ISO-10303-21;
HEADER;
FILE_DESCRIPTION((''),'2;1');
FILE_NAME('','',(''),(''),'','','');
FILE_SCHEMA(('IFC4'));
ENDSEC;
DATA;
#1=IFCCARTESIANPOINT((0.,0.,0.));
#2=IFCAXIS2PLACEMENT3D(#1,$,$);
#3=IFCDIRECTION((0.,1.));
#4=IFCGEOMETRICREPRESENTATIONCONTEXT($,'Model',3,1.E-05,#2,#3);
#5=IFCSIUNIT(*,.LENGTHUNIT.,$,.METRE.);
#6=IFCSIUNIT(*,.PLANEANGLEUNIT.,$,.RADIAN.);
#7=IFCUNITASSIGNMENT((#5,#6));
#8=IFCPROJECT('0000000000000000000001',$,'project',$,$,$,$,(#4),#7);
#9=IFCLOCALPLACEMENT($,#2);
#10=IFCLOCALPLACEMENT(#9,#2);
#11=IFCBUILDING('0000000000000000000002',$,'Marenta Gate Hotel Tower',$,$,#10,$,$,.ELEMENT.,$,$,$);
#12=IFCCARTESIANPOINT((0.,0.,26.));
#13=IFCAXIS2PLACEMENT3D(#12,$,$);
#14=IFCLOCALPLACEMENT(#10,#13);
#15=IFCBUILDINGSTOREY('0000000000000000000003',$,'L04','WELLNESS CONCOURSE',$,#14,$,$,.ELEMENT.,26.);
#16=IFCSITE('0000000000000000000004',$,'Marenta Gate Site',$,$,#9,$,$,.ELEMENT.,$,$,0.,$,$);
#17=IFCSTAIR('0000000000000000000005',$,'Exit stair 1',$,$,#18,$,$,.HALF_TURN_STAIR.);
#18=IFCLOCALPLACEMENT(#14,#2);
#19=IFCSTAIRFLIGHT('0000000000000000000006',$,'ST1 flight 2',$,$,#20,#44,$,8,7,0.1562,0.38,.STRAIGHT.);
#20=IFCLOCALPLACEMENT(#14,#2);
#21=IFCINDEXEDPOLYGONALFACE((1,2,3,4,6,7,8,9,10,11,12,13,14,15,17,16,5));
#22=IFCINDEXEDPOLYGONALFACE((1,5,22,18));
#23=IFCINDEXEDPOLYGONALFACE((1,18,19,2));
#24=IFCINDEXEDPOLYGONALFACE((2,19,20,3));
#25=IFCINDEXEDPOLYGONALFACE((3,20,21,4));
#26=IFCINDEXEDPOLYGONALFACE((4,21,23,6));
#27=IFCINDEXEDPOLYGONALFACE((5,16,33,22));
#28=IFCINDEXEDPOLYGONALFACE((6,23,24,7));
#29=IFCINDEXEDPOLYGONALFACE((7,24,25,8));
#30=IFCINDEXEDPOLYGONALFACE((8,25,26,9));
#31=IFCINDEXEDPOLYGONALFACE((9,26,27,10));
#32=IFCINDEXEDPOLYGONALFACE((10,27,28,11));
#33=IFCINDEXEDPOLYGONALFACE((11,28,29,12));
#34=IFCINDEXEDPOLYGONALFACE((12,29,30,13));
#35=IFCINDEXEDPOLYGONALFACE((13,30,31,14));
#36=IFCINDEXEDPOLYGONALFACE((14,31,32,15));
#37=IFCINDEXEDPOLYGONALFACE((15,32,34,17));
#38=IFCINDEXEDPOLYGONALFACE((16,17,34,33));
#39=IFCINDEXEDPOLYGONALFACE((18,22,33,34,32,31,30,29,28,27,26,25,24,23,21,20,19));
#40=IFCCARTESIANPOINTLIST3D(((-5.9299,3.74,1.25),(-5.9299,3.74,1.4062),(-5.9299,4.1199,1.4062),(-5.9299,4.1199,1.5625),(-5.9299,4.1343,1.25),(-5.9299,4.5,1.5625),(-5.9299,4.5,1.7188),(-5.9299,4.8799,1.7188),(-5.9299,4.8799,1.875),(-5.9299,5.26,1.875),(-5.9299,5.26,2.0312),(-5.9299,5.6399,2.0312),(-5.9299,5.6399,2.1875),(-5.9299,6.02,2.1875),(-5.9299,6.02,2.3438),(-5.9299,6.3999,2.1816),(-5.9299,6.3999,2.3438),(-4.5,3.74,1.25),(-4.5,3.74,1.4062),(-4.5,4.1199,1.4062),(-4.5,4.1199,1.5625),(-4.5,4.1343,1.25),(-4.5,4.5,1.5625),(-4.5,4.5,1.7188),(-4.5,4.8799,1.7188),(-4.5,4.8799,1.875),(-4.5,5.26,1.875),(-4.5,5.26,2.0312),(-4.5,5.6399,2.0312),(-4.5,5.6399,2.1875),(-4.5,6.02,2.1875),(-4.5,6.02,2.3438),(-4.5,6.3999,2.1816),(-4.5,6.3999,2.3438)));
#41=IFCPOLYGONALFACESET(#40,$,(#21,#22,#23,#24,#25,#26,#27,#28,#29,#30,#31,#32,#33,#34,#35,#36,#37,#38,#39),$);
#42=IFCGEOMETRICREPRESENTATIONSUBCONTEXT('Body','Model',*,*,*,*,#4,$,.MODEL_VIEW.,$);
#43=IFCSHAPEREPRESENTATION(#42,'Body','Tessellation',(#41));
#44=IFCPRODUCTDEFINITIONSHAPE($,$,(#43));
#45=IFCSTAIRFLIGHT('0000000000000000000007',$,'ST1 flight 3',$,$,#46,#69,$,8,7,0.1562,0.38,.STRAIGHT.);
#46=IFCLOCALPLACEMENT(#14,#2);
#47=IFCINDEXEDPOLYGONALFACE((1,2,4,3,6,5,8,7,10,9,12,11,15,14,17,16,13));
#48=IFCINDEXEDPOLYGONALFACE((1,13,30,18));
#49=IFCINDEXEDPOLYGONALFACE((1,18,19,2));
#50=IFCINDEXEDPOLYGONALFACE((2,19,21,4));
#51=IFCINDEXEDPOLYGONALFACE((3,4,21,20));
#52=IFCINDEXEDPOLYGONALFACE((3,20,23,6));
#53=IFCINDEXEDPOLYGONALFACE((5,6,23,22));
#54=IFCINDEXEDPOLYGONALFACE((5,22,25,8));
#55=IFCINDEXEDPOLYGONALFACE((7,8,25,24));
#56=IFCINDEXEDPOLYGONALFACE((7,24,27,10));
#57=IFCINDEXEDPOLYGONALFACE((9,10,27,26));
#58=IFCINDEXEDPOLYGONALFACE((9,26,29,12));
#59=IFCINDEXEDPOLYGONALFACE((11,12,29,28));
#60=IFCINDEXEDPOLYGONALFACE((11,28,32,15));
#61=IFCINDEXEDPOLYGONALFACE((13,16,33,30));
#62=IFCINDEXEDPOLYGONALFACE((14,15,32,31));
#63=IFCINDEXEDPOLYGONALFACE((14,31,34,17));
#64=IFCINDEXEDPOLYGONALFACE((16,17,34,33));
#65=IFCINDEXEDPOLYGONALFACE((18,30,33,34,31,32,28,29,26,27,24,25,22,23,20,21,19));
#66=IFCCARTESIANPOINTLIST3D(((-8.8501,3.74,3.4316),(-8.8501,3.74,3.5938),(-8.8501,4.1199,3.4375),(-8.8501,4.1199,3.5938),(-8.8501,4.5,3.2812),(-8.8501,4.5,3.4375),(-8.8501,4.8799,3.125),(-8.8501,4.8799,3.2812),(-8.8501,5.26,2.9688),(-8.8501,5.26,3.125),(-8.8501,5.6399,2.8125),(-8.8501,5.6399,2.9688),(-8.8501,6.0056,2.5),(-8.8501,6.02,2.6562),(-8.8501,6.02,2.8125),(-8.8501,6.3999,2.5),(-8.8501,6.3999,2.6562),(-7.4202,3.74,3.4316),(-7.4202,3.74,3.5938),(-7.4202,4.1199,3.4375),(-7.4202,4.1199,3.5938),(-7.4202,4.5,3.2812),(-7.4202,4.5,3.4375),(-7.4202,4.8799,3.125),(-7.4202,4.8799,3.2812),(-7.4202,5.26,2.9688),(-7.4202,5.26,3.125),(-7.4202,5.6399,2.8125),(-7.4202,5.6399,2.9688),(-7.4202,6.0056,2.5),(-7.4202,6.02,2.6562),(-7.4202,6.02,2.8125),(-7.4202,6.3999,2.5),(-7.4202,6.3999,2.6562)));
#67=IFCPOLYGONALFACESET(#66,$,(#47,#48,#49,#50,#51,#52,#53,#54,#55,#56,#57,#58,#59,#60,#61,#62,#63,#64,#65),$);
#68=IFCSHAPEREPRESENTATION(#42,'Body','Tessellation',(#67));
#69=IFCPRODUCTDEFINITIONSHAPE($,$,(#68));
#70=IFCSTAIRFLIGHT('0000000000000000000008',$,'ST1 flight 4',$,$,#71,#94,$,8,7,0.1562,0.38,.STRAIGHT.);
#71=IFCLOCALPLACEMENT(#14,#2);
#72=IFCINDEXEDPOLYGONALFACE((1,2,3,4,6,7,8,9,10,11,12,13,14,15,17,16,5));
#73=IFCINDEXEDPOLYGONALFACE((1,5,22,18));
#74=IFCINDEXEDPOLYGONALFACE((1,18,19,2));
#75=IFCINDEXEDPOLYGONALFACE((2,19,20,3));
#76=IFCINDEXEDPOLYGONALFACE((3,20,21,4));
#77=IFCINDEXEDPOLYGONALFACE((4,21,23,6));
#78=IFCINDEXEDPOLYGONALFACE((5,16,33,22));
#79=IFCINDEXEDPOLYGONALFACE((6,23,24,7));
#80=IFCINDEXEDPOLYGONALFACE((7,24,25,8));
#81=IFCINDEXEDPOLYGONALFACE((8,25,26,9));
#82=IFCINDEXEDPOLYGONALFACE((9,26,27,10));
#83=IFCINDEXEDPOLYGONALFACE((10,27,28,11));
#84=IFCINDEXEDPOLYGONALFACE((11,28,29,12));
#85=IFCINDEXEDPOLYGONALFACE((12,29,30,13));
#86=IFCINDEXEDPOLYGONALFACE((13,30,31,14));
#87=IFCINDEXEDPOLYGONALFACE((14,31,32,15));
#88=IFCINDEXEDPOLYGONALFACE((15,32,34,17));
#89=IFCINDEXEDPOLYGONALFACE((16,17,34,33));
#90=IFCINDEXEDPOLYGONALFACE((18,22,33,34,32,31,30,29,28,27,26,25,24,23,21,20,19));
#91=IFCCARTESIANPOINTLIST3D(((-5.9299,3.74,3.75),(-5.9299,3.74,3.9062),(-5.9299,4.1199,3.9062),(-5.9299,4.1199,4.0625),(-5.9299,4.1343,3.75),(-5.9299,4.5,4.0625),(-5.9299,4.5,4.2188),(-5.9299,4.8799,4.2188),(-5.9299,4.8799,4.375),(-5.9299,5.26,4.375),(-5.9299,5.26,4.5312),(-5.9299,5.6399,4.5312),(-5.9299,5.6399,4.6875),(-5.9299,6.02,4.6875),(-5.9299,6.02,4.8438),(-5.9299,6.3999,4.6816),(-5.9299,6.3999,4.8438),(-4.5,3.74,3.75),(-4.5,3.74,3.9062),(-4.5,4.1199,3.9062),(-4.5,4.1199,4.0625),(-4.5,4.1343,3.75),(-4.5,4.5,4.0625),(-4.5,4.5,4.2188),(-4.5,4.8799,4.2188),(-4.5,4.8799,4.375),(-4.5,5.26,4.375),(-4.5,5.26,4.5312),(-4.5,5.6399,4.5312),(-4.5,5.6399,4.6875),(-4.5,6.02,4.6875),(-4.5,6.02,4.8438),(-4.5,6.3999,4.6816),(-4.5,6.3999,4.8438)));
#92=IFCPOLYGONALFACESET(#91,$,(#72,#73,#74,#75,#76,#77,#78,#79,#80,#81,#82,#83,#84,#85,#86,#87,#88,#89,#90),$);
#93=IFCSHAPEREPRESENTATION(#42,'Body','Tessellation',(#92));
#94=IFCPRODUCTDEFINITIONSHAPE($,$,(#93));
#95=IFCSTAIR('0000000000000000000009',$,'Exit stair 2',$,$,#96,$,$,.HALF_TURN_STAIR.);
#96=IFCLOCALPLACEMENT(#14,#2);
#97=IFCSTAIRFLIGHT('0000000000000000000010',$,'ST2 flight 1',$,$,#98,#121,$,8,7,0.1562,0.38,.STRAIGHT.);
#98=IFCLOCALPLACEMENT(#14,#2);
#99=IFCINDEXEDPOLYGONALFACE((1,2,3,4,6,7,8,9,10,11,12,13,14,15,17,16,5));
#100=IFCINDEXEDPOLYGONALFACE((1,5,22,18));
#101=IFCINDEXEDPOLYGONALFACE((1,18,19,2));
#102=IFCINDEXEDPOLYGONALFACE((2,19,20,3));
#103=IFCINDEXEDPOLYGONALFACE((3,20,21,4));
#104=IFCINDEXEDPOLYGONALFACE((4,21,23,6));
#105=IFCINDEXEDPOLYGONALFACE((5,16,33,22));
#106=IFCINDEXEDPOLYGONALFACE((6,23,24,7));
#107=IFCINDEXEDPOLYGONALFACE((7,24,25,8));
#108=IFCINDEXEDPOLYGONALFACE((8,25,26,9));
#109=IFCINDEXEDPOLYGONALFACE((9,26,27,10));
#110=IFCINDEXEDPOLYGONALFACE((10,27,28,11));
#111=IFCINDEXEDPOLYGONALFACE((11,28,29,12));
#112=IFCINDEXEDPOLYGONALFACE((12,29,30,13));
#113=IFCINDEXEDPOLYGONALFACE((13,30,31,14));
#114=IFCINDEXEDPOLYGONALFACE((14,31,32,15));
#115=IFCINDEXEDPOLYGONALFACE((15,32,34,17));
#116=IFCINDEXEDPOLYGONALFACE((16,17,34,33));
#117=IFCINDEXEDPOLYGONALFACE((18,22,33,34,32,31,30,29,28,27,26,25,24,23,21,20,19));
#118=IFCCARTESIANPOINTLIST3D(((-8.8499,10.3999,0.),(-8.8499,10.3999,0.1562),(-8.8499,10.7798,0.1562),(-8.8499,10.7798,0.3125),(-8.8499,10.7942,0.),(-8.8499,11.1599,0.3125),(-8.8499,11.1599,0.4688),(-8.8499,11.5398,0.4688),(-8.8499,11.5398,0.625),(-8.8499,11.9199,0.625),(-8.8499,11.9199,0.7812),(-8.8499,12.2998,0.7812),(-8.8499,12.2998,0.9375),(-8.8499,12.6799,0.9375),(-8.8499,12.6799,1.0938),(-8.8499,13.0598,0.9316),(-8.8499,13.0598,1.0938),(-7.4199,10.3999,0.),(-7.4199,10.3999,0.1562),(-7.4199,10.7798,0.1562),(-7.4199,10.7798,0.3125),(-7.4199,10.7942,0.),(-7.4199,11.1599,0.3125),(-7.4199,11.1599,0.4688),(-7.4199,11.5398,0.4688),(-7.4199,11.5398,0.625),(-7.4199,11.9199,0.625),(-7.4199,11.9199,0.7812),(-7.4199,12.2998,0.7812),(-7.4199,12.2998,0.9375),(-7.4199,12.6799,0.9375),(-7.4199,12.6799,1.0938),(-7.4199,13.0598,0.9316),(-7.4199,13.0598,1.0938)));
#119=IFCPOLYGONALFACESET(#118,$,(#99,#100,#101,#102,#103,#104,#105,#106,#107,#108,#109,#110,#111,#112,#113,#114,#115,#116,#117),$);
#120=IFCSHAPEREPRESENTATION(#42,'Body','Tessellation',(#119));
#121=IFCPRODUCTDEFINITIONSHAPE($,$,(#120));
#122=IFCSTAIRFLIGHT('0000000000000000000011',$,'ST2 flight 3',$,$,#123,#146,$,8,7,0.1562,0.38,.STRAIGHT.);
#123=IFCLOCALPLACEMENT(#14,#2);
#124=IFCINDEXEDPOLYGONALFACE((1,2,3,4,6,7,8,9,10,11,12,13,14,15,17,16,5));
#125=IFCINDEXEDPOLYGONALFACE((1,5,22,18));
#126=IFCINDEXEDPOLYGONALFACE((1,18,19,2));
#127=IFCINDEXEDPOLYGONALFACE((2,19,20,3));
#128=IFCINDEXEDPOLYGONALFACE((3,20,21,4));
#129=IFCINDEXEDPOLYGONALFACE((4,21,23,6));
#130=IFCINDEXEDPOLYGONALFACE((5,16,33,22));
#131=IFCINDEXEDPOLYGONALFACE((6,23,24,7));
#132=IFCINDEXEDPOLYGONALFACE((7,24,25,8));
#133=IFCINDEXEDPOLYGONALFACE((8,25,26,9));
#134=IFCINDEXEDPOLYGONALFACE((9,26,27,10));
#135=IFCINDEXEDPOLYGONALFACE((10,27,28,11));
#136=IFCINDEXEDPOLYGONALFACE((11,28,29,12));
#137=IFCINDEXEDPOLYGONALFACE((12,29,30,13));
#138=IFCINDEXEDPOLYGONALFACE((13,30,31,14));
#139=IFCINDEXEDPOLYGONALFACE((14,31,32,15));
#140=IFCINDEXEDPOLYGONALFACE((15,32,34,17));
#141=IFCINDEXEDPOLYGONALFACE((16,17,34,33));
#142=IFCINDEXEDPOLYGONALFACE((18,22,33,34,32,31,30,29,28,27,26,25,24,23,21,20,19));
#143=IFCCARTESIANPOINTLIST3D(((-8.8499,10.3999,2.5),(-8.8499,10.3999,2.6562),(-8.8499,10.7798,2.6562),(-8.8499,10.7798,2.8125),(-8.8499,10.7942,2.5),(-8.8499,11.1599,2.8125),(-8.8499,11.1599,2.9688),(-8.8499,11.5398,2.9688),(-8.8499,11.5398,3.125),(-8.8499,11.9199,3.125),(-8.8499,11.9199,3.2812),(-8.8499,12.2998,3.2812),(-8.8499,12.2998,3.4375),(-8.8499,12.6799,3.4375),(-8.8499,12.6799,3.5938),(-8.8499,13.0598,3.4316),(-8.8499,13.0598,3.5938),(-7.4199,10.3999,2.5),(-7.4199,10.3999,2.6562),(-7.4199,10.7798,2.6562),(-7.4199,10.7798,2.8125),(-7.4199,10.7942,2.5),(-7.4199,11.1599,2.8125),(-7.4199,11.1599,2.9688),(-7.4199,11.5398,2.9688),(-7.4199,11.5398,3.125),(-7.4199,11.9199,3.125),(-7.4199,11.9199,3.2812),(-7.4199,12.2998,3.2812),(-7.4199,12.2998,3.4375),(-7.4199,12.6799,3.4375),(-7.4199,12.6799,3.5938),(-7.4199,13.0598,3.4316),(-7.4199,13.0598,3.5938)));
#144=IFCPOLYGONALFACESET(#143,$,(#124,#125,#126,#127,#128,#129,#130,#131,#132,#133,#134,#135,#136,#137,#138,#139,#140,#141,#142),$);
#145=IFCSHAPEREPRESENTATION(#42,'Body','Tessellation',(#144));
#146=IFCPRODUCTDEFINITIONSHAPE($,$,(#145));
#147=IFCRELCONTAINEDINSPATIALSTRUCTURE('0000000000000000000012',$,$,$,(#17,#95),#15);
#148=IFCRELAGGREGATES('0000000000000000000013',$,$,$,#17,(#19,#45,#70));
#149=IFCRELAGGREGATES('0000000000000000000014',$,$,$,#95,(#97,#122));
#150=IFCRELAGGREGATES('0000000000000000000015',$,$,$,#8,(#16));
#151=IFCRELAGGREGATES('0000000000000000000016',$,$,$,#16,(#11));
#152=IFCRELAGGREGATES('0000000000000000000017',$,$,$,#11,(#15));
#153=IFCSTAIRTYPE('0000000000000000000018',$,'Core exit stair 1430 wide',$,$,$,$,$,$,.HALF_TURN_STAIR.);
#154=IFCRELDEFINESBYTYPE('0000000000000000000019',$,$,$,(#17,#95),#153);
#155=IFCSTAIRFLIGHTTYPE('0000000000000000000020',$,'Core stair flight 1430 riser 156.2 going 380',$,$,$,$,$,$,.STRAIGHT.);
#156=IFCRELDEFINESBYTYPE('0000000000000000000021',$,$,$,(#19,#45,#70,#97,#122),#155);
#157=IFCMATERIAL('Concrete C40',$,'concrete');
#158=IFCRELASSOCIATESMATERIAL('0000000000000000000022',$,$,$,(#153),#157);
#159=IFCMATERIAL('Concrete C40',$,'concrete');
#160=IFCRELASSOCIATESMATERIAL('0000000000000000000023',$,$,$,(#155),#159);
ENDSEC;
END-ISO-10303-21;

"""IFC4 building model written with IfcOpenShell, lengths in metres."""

from ifc_helpers import new_model, si_unit, direction, frame, origin, place, context, subcontext, project, spatial, polyline, outline, extrude, material, type_object, element, aggregate, save


model = new_model("IFC4")

# Units and contexts
model_context = context("Model", 3, precision=1e-05, world=origin(), true_north=direction((0.0, 1.0)))
body_context = subcontext(model_context, "Body", "Model", "MODEL_VIEW")
ifc_project = project(units=[si_unit("LENGTHUNIT", "METRE"), si_unit("PLANEANGLEUNIT", "RADIAN")], contexts=[model_context])

# Site, building, storey
site_placement = place(None, origin())
site = spatial("IfcSite", under=ifc_project, at=site_placement, Name="Marenta Gate Site", CompositionType="ELEMENT", RefElevation=0.0)
building_placement = place(site_placement, origin())
building = spatial("IfcBuilding", under=site, at=building_placement, Name="Marenta Gate Hotel Tower", CompositionType="ELEMENT")
storey_placement = place(building_placement, frame((0.0, 0.0, 26.0)))
storey = spatial("IfcBuildingStorey", under=building, at=storey_placement, Name="L04", Description="WELLNESS CONCOURSE", CompositionType="ELEMENT", Elevation=26.0)

# Stairs, stair flights
ifc_material_1 = material(Name="Concrete C40", Category="concrete")
stair_type = type_object("IfcStairType", Name="Core exit stair 1430 wide", PredefinedType="HALF_TURN_STAIR", material=ifc_material_1)
stair_1_placement = place(storey_placement, origin())
stair_1 = element("IfcStair", 1, at=stair_1_placement, inside=storey, type_object=stair_type, Name="Exit stair 1", PredefinedType="HALF_TURN_STAIR")
ifc_material_2 = material(Name="Concrete C40", Category="concrete")
stair_flight_type = type_object("IfcStairFlightType", Name="Core stair flight 1430 riser 156.2 going 380", PredefinedType="STRAIGHT", material=ifc_material_2)
stair_flight_1_placement = place(storey_placement, frame((-5.2151, 3.74, 1.25), z_axis=(0.0, 0.0, 1.0), x_axis=(0.0, 1.0, 0.0)))
stair_flight_1 = element("IfcStairFlight", 2, at=stair_flight_1_placement, type_object=stair_flight_type, Name="ST1 flight 2", NumberOfRisers=8, NumberOfTreads=7, PredefinedType="STRAIGHT", RiserHeight=0.1562, TreadLength=0.38, context=body_context, shape_type="SweptSolid", body=[
    extrude(outline(polyline([(0.0, 0.0), (0.0, 0.1562), (0.3799, 0.1562), (0.3799, 0.3125), (0.76, 0.3125), (0.76, 0.4688), (1.1399, 0.4688), (1.1399, 0.625), (1.52, 0.625), (1.52, 0.7812), (1.8999, 0.7812), (1.8999, 0.9375), (2.28, 0.9375), (2.28, 1.0938), (2.6599, 1.0938), (2.6599, 1.25), (2.6599, 0.9316), (0.3943, 0.0), (0.0, 0.0)])), frame((0.0, 0.7148, 0.0), z_axis=(0.0, -1.0, 0.0), x_axis=(1.0, 0.0, 0.0)), (0.0, 0.0, 1.0), 1.4299),
])
stair_flight_2_placement = place(storey_placement, frame((-8.135, 6.3999, 2.5), z_axis=(0.0, 0.0, 1.0), x_axis=(0.0, -1.0, 0.0)))
stair_flight_2 = element("IfcStairFlight", 3, at=stair_flight_2_placement, type_object=stair_flight_type, Name="ST1 flight 3", NumberOfRisers=8, NumberOfTreads=7, PredefinedType="STRAIGHT", RiserHeight=0.1562, TreadLength=0.38, context=body_context, shape_type="SweptSolid", body=[
    extrude(outline(polyline([(0.0, 0.0), (0.0, 0.1562), (0.3799, 0.1562), (0.3799, 0.3125), (0.76, 0.3125), (0.76, 0.4688), (1.1399, 0.4688), (1.1399, 0.625), (1.52, 0.625), (1.52, 0.7812), (1.8999, 0.7812), (1.8999, 0.9375), (2.28, 0.9375), (2.28, 1.0938), (2.6599, 1.0938), (2.6599, 1.25), (2.6599, 0.9316), (0.3943, 0.0), (0.0, 0.0)])), frame((0.0, 0.7148, 0.0), z_axis=(0.0, -1.0, 0.0), x_axis=(1.0, 0.0, 0.0)), (0.0, 0.0, 1.0), 1.4299),
])
stair_flight_3_placement = place(storey_placement, frame((-5.2151, 3.74, 3.75), z_axis=(0.0, 0.0, 1.0), x_axis=(0.0, 1.0, 0.0)))
stair_flight_3 = element("IfcStairFlight", 4, at=stair_flight_3_placement, type_object=stair_flight_type, Name="ST1 flight 4", NumberOfRisers=8, NumberOfTreads=7, PredefinedType="STRAIGHT", RiserHeight=0.1562, TreadLength=0.38, context=body_context, shape_type="SweptSolid", body=[
    extrude(outline(polyline([(0.0, 0.0), (0.0, 0.1562), (0.3799, 0.1562), (0.3799, 0.3125), (0.76, 0.3125), (0.76, 0.4688), (1.1399, 0.4688), (1.1399, 0.625), (1.52, 0.625), (1.52, 0.7812), (1.8999, 0.7812), (1.8999, 0.9375), (2.28, 0.9375), (2.28, 1.0938), (2.6599, 1.0938), (2.6599, 1.25), (2.6599, 0.9316), (0.3943, 0.0), (0.0, 0.0)])), frame((0.0, 0.7148, 0.0), z_axis=(0.0, -1.0, 0.0), x_axis=(1.0, 0.0, 0.0)), (0.0, 0.0, 1.0), 1.4299),
])
aggregate(stair_1, [stair_flight_1, stair_flight_2, stair_flight_3])
stair_2_placement = place(storey_placement, origin())
stair_2 = element("IfcStair", 5, at=stair_2_placement, inside=storey, type_object=stair_type, Name="Exit stair 2", PredefinedType="HALF_TURN_STAIR")
stair_flight_4_placement = place(storey_placement, frame((-8.135, 10.3999, 0.0), z_axis=(0.0, 0.0, 1.0), x_axis=(0.0, 1.0, 0.0)))
stair_flight_4 = element("IfcStairFlight", 6, at=stair_flight_4_placement, type_object=stair_flight_type, Name="ST2 flight 1", NumberOfRisers=8, NumberOfTreads=7, PredefinedType="STRAIGHT", RiserHeight=0.1562, TreadLength=0.38, context=body_context, shape_type="SweptSolid", body=[
    extrude(outline(polyline([(0.0, 0.0), (0.0, 0.1562), (0.3799, 0.1562), (0.3799, 0.3125), (0.76, 0.3125), (0.76, 0.4688), (1.1399, 0.4688), (1.1399, 0.625), (1.52, 0.625), (1.52, 0.7812), (1.8999, 0.7812), (1.8999, 0.9375), (2.28, 0.9375), (2.28, 1.0938), (2.6599, 1.0938), (2.6599, 1.25), (2.6599, 0.9316), (0.3943, 0.0), (0.0, 0.0)])), frame((0.0, 0.7148, 0.0), z_axis=(0.0, -1.0, 0.0), x_axis=(1.0, 0.0, 0.0)), (0.0, 0.0, 1.0), 1.4299),
])
stair_flight_5_placement = place(storey_placement, frame((-8.135, 10.3999, 2.5), z_axis=(0.0, 0.0, 1.0), x_axis=(0.0, 1.0, 0.0)))
stair_flight_5 = element("IfcStairFlight", 7, at=stair_flight_5_placement, type_object=stair_flight_type, Name="ST2 flight 3", NumberOfRisers=8, NumberOfTreads=7, PredefinedType="STRAIGHT", RiserHeight=0.1562, TreadLength=0.38, context=body_context, shape_type="SweptSolid", body=[
    extrude(outline(polyline([(0.0, 0.0), (0.0, 0.1562), (0.3799, 0.1562), (0.3799, 0.3125), (0.76, 0.3125), (0.76, 0.4688), (1.1399, 0.4688), (1.1399, 0.625), (1.52, 0.625), (1.52, 0.7812), (1.8999, 0.7812), (1.8999, 0.9375), (2.28, 0.9375), (2.28, 1.0938), (2.6599, 1.0938), (2.6599, 1.25), (2.6599, 0.9316), (0.3943, 0.0), (0.0, 0.0)])), frame((0.0, 0.7148, 0.0), z_axis=(0.0, -1.0, 0.0), x_axis=(1.0, 0.0, 0.0)), (0.0, 0.0, 1.0), 1.4299),
])
aggregate(stair_2, [stair_flight_4, stair_flight_5])

save(model, "model.ifc")
